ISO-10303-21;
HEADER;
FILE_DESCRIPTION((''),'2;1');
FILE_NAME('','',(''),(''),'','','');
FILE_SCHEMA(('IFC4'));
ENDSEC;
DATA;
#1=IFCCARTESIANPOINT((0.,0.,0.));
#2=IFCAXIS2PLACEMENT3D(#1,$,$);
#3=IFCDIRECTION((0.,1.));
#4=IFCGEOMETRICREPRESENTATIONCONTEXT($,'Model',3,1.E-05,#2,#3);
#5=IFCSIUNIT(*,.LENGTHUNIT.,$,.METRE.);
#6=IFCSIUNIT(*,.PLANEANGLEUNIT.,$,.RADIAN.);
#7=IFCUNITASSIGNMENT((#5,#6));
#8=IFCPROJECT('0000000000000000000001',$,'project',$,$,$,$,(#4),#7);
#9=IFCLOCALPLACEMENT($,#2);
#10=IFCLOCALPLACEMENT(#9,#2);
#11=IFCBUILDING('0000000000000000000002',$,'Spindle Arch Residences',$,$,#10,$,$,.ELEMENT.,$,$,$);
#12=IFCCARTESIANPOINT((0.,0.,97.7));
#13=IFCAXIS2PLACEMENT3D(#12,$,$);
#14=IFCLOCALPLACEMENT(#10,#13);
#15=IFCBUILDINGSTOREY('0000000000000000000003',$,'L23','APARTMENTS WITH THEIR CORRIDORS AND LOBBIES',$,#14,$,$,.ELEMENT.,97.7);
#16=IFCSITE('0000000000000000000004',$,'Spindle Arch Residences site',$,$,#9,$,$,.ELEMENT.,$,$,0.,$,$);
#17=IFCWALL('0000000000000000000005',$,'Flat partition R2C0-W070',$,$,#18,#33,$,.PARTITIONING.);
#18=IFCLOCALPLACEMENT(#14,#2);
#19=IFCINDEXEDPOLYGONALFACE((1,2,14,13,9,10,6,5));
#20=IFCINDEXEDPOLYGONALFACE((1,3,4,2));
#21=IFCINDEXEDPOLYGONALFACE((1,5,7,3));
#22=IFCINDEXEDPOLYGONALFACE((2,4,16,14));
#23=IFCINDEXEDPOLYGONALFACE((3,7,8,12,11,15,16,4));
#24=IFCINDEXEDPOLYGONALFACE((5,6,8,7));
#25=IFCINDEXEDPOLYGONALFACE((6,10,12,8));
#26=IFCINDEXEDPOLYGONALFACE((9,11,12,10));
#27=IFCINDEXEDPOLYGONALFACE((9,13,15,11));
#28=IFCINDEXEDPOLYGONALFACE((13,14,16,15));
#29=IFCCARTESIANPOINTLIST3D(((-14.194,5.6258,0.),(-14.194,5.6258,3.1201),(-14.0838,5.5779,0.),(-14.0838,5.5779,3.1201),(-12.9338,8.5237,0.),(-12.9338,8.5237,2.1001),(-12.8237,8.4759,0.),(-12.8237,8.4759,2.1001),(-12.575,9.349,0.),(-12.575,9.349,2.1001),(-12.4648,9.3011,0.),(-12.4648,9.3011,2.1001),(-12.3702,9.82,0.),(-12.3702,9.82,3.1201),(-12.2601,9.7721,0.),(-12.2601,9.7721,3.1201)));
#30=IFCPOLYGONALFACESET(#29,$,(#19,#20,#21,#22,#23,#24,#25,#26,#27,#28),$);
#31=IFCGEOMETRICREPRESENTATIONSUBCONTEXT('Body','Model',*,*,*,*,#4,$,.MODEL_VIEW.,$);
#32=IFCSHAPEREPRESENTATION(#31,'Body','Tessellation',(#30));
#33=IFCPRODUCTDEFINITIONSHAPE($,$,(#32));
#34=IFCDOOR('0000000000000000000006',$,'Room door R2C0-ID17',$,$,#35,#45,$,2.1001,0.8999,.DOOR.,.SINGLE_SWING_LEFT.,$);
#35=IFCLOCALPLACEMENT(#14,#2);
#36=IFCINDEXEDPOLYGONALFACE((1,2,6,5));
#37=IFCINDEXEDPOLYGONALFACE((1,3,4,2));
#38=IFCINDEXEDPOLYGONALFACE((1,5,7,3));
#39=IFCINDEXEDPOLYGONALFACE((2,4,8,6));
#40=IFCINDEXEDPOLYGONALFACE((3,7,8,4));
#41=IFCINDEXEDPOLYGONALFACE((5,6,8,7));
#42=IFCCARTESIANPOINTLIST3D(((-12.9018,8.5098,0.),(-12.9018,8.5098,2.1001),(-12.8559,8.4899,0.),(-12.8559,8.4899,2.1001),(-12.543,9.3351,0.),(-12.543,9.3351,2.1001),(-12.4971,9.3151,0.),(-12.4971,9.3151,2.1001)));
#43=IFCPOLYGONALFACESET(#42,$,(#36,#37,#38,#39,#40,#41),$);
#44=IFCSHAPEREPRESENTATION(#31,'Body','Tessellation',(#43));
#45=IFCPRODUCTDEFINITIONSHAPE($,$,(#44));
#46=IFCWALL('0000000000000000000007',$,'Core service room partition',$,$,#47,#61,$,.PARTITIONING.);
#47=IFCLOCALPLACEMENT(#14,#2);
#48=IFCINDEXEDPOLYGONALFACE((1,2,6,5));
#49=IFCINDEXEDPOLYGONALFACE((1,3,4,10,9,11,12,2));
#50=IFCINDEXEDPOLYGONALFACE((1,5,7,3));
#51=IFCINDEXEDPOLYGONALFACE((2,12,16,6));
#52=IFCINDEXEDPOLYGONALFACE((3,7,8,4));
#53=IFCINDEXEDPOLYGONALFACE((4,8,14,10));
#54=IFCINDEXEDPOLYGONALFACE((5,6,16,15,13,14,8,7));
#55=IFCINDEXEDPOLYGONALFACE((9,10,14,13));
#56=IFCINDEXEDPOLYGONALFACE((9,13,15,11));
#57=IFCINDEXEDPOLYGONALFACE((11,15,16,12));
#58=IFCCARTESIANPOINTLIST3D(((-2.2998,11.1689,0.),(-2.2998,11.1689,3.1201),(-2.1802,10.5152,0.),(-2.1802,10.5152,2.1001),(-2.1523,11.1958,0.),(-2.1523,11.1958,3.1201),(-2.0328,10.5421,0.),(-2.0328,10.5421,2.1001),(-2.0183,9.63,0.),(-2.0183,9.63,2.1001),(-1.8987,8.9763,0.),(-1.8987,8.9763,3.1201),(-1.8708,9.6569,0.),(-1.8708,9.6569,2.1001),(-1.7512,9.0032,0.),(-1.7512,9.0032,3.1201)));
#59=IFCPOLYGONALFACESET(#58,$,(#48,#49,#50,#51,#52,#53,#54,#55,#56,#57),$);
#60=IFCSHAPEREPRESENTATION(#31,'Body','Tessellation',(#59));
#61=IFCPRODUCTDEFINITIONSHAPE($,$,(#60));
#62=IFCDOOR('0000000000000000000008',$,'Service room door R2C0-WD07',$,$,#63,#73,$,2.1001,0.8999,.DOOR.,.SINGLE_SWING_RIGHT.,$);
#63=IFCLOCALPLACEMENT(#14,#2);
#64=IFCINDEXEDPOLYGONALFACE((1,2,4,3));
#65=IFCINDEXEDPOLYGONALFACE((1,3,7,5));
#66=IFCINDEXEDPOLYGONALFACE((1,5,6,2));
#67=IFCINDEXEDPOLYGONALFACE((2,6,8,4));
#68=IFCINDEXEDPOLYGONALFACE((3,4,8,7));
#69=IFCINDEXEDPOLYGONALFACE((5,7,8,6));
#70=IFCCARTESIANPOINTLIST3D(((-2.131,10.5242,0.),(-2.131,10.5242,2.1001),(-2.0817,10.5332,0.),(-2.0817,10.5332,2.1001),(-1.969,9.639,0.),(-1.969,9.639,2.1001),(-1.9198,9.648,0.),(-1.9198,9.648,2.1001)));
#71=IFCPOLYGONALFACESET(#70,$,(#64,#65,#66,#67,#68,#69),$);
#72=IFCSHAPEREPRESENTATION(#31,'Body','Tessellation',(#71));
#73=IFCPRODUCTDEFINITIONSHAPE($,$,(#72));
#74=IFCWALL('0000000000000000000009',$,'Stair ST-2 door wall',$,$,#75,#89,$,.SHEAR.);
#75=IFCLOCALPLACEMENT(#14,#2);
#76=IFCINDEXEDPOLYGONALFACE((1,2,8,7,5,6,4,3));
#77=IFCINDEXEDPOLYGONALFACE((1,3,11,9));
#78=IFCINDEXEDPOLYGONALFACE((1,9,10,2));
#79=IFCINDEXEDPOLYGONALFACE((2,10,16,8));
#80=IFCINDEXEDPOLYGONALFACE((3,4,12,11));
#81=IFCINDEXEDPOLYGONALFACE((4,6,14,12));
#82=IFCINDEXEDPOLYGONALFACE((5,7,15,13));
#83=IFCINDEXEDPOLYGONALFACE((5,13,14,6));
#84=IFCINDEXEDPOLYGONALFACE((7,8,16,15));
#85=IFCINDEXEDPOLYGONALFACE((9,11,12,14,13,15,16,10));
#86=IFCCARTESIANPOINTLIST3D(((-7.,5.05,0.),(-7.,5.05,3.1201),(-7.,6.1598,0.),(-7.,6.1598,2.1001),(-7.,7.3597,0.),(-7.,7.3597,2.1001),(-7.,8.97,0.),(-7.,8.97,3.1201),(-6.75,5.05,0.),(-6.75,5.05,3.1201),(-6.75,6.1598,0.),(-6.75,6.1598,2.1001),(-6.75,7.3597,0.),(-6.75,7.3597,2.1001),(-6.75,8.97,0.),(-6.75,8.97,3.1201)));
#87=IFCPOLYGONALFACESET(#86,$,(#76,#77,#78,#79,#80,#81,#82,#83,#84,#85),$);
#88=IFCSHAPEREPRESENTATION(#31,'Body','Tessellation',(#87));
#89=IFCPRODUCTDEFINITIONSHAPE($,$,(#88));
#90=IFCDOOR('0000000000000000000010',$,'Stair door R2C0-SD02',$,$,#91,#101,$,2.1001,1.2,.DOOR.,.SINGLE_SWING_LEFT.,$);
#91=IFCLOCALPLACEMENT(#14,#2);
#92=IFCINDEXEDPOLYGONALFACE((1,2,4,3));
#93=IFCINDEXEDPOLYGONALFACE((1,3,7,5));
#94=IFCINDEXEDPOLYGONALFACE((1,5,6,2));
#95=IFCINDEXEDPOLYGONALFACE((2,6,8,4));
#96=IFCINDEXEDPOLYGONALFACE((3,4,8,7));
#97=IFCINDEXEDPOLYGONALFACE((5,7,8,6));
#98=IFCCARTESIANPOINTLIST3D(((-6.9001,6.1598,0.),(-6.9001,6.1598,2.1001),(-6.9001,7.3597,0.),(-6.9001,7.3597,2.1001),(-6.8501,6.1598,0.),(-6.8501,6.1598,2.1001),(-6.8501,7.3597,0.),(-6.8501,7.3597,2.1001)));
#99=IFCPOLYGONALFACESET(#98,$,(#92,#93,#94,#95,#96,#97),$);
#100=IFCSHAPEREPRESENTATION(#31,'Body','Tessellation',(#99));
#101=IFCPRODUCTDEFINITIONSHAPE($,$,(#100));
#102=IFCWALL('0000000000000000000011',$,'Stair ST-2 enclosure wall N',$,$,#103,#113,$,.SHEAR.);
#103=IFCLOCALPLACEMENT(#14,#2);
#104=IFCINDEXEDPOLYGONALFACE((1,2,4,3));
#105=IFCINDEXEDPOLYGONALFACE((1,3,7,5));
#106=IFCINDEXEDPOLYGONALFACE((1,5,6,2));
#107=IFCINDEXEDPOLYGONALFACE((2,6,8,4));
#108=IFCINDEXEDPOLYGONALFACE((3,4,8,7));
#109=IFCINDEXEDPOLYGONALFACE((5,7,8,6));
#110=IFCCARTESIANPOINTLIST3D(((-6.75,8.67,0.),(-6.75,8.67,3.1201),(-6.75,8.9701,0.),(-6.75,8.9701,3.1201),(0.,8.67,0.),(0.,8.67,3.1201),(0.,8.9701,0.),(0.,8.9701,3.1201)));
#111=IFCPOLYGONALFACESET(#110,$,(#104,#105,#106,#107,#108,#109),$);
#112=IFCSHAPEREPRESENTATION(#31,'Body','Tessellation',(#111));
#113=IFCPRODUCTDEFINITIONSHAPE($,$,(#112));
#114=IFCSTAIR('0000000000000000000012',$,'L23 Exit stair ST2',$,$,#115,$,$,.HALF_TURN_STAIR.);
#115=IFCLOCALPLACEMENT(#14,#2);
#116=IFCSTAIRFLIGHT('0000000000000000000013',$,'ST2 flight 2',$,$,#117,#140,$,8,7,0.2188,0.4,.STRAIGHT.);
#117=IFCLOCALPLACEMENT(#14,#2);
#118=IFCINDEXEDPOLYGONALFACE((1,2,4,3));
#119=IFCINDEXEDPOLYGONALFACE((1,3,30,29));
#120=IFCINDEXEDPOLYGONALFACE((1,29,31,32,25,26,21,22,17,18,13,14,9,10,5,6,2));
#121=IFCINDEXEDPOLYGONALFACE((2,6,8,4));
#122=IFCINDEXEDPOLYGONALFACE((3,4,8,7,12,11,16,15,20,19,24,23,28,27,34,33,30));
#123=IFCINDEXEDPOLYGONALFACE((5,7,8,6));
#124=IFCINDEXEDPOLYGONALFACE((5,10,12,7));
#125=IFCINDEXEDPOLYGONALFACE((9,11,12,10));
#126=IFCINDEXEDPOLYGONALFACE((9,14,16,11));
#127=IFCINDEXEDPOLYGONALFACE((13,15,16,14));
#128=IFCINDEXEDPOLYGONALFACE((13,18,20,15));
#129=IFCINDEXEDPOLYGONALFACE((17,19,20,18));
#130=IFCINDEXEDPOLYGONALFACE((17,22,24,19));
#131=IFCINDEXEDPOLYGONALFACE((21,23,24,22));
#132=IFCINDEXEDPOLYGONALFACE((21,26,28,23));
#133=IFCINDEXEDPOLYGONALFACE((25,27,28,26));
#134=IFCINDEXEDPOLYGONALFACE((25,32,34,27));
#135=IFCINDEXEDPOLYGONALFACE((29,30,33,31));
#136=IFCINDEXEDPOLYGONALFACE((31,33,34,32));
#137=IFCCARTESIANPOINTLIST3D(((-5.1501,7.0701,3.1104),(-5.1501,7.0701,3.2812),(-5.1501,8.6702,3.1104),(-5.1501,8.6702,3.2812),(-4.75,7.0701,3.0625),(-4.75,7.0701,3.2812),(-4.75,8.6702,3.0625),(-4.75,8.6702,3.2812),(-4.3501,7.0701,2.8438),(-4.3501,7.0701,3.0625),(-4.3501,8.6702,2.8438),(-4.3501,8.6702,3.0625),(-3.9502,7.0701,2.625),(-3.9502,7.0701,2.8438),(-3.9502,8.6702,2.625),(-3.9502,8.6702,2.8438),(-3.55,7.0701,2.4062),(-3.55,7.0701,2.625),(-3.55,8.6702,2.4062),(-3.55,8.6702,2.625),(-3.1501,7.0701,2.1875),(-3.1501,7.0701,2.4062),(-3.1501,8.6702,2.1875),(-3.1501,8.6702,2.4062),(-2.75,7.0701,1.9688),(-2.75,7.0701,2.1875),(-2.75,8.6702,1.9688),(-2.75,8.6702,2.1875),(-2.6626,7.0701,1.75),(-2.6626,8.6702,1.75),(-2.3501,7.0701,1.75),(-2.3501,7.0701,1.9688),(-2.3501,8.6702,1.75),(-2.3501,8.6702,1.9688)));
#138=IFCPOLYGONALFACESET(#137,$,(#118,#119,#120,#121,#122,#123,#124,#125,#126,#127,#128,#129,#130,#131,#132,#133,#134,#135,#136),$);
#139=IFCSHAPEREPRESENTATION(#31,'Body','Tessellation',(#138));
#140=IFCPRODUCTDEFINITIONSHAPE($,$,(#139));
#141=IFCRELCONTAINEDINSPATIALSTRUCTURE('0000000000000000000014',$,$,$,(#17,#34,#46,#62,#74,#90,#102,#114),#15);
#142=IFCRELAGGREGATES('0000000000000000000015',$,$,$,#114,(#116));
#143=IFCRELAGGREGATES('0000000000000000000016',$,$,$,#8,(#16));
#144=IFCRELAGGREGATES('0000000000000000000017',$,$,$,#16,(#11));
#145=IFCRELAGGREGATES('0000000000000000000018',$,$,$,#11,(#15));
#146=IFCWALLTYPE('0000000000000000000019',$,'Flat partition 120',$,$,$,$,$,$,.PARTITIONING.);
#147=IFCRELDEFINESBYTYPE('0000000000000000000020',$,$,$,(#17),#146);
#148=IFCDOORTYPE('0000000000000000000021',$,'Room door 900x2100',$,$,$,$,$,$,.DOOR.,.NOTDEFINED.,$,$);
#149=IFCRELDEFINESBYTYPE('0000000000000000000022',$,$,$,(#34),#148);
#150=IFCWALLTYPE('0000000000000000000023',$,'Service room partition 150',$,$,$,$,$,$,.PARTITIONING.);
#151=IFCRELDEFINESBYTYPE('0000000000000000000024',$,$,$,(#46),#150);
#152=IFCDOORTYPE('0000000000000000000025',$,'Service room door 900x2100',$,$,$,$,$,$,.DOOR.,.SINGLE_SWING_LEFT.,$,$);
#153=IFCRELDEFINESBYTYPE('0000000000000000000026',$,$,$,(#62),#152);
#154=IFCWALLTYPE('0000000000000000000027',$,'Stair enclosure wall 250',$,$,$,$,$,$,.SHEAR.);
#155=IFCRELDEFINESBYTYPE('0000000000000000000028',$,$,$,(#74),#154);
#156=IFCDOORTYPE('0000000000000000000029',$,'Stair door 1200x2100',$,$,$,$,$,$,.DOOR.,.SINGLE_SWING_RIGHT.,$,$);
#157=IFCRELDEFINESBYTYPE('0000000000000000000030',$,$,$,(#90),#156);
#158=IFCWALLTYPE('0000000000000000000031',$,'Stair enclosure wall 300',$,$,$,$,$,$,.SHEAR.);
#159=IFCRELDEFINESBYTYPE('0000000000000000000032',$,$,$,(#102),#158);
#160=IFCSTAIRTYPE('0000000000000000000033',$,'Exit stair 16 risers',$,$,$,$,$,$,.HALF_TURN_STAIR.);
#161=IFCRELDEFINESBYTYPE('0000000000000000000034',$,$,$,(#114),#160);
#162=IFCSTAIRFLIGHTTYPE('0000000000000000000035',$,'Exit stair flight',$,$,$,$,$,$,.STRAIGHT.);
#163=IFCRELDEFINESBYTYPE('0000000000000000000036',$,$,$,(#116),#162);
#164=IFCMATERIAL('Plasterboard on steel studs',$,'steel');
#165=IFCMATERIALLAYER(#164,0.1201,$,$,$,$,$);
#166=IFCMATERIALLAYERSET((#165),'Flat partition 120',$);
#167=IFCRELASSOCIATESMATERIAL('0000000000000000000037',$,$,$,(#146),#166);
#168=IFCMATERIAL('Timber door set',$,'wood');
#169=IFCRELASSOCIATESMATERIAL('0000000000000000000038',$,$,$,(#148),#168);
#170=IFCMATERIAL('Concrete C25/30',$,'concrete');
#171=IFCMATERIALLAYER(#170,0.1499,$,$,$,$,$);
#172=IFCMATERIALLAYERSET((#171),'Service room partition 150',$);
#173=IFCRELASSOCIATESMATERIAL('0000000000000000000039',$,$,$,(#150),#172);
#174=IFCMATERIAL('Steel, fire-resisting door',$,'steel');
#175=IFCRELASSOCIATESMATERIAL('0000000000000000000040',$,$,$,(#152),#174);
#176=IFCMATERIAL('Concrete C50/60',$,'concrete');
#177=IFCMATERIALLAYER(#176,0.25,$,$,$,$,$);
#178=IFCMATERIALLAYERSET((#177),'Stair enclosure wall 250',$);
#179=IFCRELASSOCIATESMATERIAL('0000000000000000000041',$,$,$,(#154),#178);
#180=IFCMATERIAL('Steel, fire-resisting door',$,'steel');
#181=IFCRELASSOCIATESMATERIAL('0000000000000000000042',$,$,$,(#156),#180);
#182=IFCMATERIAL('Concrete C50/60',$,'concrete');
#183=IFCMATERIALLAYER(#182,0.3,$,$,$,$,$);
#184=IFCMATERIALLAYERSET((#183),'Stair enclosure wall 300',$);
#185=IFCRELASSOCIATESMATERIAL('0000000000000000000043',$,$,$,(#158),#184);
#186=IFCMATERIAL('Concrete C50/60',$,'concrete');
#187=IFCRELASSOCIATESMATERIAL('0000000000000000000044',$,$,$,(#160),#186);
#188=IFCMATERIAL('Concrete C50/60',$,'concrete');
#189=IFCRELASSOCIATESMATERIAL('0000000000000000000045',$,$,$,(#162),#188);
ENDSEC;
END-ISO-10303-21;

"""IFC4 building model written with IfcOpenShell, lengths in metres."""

from ifc_helpers import new_model, si_unit, direction, frame, frame_2d, origin, place, context, subcontext, project, spatial, polyline, rectangle, outline, extrude, material, layer, layer_set, type_object, element, fill, aggregate, save


model = new_model("IFC4")

# Units and contexts
model_context = context("Model", 3, precision=1e-05, world=origin(), true_north=direction((0.0, 1.0)))
body_context = subcontext(model_context, "Body", "Model", "MODEL_VIEW")
ifc_project = project(units=[si_unit("LENGTHUNIT", "METRE"), si_unit("PLANEANGLEUNIT", "RADIAN")], contexts=[model_context])

# Site, building, storey
site_placement = place(None, origin())
site = spatial("IfcSite", under=ifc_project, at=site_placement, Name="Spindle Arch Residences site", CompositionType="ELEMENT", RefElevation=0.0)
building_placement = place(site_placement, origin())
building = spatial("IfcBuilding", under=site, at=building_placement, Name="Spindle Arch Residences", CompositionType="ELEMENT")
storey_placement = place(building_placement, frame((0.0, 0.0, 97.7)))
storey = spatial("IfcBuildingStorey", under=building, at=storey_placement, Name="L23", Description="APARTMENTS WITH THEIR CORRIDORS AND LOBBIES", CompositionType="ELEMENT", Elevation=97.7)

# Walls, openings, doors
ifc_material_1 = material(Name="Plasterboard on steel studs", Category="steel")
ifc_layer_1 = layer(ifc_material_1, 0.1201)
ifc_layer_set_1 = layer_set([ifc_layer_1], Name="Flat partition 120")
wall_type_1 = type_object("IfcWallType", Name="Flat partition 120", PredefinedType="PARTITIONING", material=ifc_layer_set_1)
wall_1_placement = place(storey_placement, frame((-12.3152, 9.7959, 0.0), z_axis=(0.0, 0.0, 1.0), x_axis=(-0.398765, -0.917053, 0.0)))
wall_1 = element("IfcWall", 1, at=wall_1_placement, inside=storey, type_object=wall_type_1, Name="Flat partition R2C0-W070", PredefinedType="PARTITIONING", context=body_context, shape_type="SweptSolid", body=[
    extrude(rectangle(XDim=4.5735, YDim=0.1201, at=frame_2d((2.2866, 0.0))), origin(), (0.0, 0.0, 1.0), 3.1201),
])
opening_1_placement = place(wall_1_placement, frame((0.5134, 0.0, 0.0)))
opening_1 = element("IfcOpeningElement", 2, at=opening_1_placement, cuts=wall_1, PredefinedType="OPENING", context=body_context, shape_type="SweptSolid", body=[
    extrude(rectangle(XDim=0.8999, YDim=2.1001, at=frame_2d((0.45, 1.05))), frame((0.0, 0.0701, 0.0), z_axis=(0.0, -1.0, 0.0), x_axis=(1.0, 0.0, 0.0)), (0.0, 0.0, 1.0), 0.1401),
])
ifc_material_2 = material(Name="Timber door set", Category="wood")
door_type_1 = type_object("IfcDoorType", Name="Room door 900x2100", OperationType="NOTDEFINED", PredefinedType="DOOR", material=ifc_material_2)
door_1_placement = place(opening_1_placement, origin())
door_1 = element("IfcDoor", 3, at=door_1_placement, inside=storey, type_object=door_type_1, Name="Room door R2C0-ID17", OperationType="SINGLE_SWING_LEFT", OverallHeight=2.1001, OverallWidth=0.8999, PredefinedType="DOOR", context=body_context, shape_type="SweptSolid", body=[
    extrude(rectangle(XDim=0.8999, YDim=2.1001, at=frame_2d((0.45, 1.05))), frame((0.0, 0.0249, 0.0), z_axis=(0.0, -1.0, 0.0), x_axis=(1.0, 0.0, 0.0)), (0.0, 0.0, 1.0), 0.05),
])
fill(opening_1, door_1)
ifc_material_3 = material(Name="Concrete C25/30", Category="concrete")
ifc_layer_2 = layer(ifc_material_3, 0.1499)
ifc_layer_set_2 = layer_set([ifc_layer_2], Name="Service room partition 150")
wall_type_2 = type_object("IfcWallType", Name="Service room partition 150", PredefinedType="PARTITIONING", material=ifc_layer_set_2)
wall_2_placement = place(storey_placement, frame((-1.825, 8.9897, 0.0), z_axis=(0.0, 0.0, 1.0), x_axis=(-0.179955, 0.983675, 0.0)))
wall_2 = element("IfcWall", 4, at=wall_2_placement, inside=storey, type_object=wall_type_2, Name="Core service room partition", PredefinedType="PARTITIONING", context=body_context, shape_type="SweptSolid", body=[
    extrude(rectangle(XDim=2.229, YDim=0.1499, at=frame_2d((1.1145, 0.0))), origin(), (0.0, 0.0, 1.0), 3.1201),
])
opening_2_placement = place(wall_2_placement, frame((0.6646, 0.0, 0.0)))
opening_2 = element("IfcOpeningElement", 5, at=opening_2_placement, cuts=wall_2, PredefinedType="OPENING", context=body_context, shape_type="SweptSolid", body=[
    extrude(rectangle(XDim=0.8999, YDim=2.1001, at=frame_2d((0.45, 1.05))), frame((0.0, 0.085, 0.0), z_axis=(0.0, -1.0, 0.0), x_axis=(1.0, 0.0, 0.0)), (0.0, 0.0, 1.0), 0.1699),
])
ifc_material_4 = material(Name="Steel, fire-resisting door", Category="steel")
door_type_2 = type_object("IfcDoorType", Name="Service room door 900x2100", OperationType="SINGLE_SWING_LEFT", PredefinedType="DOOR", material=ifc_material_4)
door_2_placement = place(opening_2_placement, origin())
door_2 = element("IfcDoor", 6, at=door_2_placement, inside=storey, type_object=door_type_2, Name="Service room door R2C0-WD07", OperationType="SINGLE_SWING_RIGHT", OverallHeight=2.1001, OverallWidth=0.8999, PredefinedType="DOOR", context=body_context, shape_type="SweptSolid", body=[
    extrude(rectangle(XDim=0.8999, YDim=2.1001, at=frame_2d((0.45, 1.05))), frame((0.0, 0.0249, 0.0), z_axis=(0.0, -1.0, 0.0), x_axis=(1.0, 0.0, 0.0)), (0.0, 0.0, 1.0), 0.05),
])
fill(opening_2, door_2)
ifc_material_5 = material(Name="Concrete C50/60", Category="concrete")
ifc_layer_3 = layer(ifc_material_5, 0.25)
ifc_layer_set_3 = layer_set([ifc_layer_3], Name="Stair enclosure wall 250")
wall_type_3 = type_object("IfcWallType", Name="Stair enclosure wall 250", PredefinedType="SHEAR", material=ifc_layer_set_3)
wall_3_placement = place(storey_placement, frame((-6.875, 8.97, 0.0), z_axis=(0.0, 0.0, 1.0), x_axis=(0.0, -1.0, 0.0)))
wall_3 = element("IfcWall", 7, at=wall_3_placement, inside=storey, type_object=wall_type_3, Name="Stair ST-2 door wall", PredefinedType="SHEAR", context=body_context, shape_type="SweptSolid", body=[
    extrude(rectangle(XDim=3.9199, YDim=0.25, at=frame_2d((1.96, 0.0))), origin(), (0.0, 0.0, 1.0), 3.1201),
])
opening_3_placement = place(wall_3_placement, frame((1.6101, 0.0, 0.0)))
opening_3 = element("IfcOpeningElement", 8, at=opening_3_placement, cuts=wall_3, PredefinedType="OPENING", context=body_context, shape_type="SweptSolid", body=[
    extrude(rectangle(XDim=1.2, YDim=2.1001, at=frame_2d((0.6001, 1.05))), frame((0.0, 0.135, 0.0), z_axis=(0.0, -1.0, 0.0), x_axis=(1.0, 0.0, 0.0)), (0.0, 0.0, 1.0), 0.27),
])
ifc_material_6 = material(Name="Steel, fire-resisting door", Category="steel")
door_type_3 = type_object("IfcDoorType", Name="Stair door 1200x2100", OperationType="SINGLE_SWING_RIGHT", PredefinedType="DOOR", material=ifc_material_6)
door_3_placement = place(opening_3_placement, origin())
door_3 = element("IfcDoor", 9, at=door_3_placement, inside=storey, type_object=door_type_3, Name="Stair door R2C0-SD02", OperationType="SINGLE_SWING_LEFT", OverallHeight=2.1001, OverallWidth=1.2, PredefinedType="DOOR", context=body_context, shape_type="SweptSolid", body=[
    extrude(rectangle(XDim=1.2, YDim=2.1001, at=frame_2d((0.6001, 1.05))), frame((0.0, 0.0249, 0.0), z_axis=(0.0, -1.0, 0.0), x_axis=(1.0, 0.0, 0.0)), (0.0, 0.0, 1.0), 0.05),
])
fill(opening_3, door_3)

# Wall
ifc_material_7 = material(Name="Concrete C50/60", Category="concrete")
ifc_layer_4 = layer(ifc_material_7, 0.3)
ifc_layer_set_4 = layer_set([ifc_layer_4], Name="Stair enclosure wall 300")
wall_type_4 = type_object("IfcWallType", Name="Stair enclosure wall 300", PredefinedType="SHEAR", material=ifc_layer_set_4)
wall_4_placement = place(storey_placement, frame((-6.75, 8.8201, 0.0), z_axis=(0.0, 0.0, 1.0), x_axis=(1.0, 0.0, 0.0)))
element("IfcWall", 10, at=wall_4_placement, inside=storey, type_object=wall_type_4, Name="Stair ST-2 enclosure wall N", PredefinedType="SHEAR", context=body_context, shape_type="SweptSolid", body=[
    extrude(rectangle(XDim=6.75, YDim=0.3, at=frame_2d((3.375, 0.0))), origin(), (0.0, 0.0, 1.0), 3.1201),
])

# Stair, stair flight
ifc_material_8 = material(Name="Concrete C50/60", Category="concrete")
stair_type = type_object("IfcStairType", Name="Exit stair 16 risers", PredefinedType="HALF_TURN_STAIR", material=ifc_material_8)
stair_placement = place(storey_placement, origin())
stair = element("IfcStair", 11, at=stair_placement, inside=storey, type_object=stair_type, Name="L23 Exit stair ST2", PredefinedType="HALF_TURN_STAIR")
ifc_material_9 = material(Name="Concrete C50/60", Category="concrete")
stair_flight_type = type_object("IfcStairFlightType", Name="Exit stair flight", PredefinedType="STRAIGHT", material=ifc_material_9)
stair_flight_placement = place(storey_placement, frame((-2.3501, 7.8701, 1.75), z_axis=(0.0, 0.0, 1.0), x_axis=(-1.0, 0.0, 0.0)))
stair_flight = element("IfcStairFlight", 12, at=stair_flight_placement, type_object=stair_flight_type, Name="ST2 flight 2", NumberOfRisers=8, NumberOfTreads=7, PredefinedType="STRAIGHT", RiserHeight=0.2188, TreadLength=0.4, context=body_context, shape_type="SweptSolid", body=[
    extrude(outline(polyline([(0.0, 0.0), (0.0, 0.2188), (0.3999, 0.2188), (0.3999, 0.4375), (0.8, 0.4375), (0.8, 0.6562), (1.2, 0.6562), (1.2, 0.875), (1.6001, 0.875), (1.6001, 1.0938), (2.0, 1.0938), (2.0, 1.3125), (2.3999, 1.3125), (2.3999, 1.5312), (2.8, 1.5312), (2.8, 1.75), (2.8, 1.3604), (0.3125, 0.0), (0.0, 0.0)])), frame((0.0, 0.8, 0.0), z_axis=(0.0, -1.0, 0.0), x_axis=(1.0, 0.0, 0.0)), (0.0, 0.0, 1.0), 1.6001),
])
aggregate(stair, [stair_flight])

save(model, "model.ifc")
